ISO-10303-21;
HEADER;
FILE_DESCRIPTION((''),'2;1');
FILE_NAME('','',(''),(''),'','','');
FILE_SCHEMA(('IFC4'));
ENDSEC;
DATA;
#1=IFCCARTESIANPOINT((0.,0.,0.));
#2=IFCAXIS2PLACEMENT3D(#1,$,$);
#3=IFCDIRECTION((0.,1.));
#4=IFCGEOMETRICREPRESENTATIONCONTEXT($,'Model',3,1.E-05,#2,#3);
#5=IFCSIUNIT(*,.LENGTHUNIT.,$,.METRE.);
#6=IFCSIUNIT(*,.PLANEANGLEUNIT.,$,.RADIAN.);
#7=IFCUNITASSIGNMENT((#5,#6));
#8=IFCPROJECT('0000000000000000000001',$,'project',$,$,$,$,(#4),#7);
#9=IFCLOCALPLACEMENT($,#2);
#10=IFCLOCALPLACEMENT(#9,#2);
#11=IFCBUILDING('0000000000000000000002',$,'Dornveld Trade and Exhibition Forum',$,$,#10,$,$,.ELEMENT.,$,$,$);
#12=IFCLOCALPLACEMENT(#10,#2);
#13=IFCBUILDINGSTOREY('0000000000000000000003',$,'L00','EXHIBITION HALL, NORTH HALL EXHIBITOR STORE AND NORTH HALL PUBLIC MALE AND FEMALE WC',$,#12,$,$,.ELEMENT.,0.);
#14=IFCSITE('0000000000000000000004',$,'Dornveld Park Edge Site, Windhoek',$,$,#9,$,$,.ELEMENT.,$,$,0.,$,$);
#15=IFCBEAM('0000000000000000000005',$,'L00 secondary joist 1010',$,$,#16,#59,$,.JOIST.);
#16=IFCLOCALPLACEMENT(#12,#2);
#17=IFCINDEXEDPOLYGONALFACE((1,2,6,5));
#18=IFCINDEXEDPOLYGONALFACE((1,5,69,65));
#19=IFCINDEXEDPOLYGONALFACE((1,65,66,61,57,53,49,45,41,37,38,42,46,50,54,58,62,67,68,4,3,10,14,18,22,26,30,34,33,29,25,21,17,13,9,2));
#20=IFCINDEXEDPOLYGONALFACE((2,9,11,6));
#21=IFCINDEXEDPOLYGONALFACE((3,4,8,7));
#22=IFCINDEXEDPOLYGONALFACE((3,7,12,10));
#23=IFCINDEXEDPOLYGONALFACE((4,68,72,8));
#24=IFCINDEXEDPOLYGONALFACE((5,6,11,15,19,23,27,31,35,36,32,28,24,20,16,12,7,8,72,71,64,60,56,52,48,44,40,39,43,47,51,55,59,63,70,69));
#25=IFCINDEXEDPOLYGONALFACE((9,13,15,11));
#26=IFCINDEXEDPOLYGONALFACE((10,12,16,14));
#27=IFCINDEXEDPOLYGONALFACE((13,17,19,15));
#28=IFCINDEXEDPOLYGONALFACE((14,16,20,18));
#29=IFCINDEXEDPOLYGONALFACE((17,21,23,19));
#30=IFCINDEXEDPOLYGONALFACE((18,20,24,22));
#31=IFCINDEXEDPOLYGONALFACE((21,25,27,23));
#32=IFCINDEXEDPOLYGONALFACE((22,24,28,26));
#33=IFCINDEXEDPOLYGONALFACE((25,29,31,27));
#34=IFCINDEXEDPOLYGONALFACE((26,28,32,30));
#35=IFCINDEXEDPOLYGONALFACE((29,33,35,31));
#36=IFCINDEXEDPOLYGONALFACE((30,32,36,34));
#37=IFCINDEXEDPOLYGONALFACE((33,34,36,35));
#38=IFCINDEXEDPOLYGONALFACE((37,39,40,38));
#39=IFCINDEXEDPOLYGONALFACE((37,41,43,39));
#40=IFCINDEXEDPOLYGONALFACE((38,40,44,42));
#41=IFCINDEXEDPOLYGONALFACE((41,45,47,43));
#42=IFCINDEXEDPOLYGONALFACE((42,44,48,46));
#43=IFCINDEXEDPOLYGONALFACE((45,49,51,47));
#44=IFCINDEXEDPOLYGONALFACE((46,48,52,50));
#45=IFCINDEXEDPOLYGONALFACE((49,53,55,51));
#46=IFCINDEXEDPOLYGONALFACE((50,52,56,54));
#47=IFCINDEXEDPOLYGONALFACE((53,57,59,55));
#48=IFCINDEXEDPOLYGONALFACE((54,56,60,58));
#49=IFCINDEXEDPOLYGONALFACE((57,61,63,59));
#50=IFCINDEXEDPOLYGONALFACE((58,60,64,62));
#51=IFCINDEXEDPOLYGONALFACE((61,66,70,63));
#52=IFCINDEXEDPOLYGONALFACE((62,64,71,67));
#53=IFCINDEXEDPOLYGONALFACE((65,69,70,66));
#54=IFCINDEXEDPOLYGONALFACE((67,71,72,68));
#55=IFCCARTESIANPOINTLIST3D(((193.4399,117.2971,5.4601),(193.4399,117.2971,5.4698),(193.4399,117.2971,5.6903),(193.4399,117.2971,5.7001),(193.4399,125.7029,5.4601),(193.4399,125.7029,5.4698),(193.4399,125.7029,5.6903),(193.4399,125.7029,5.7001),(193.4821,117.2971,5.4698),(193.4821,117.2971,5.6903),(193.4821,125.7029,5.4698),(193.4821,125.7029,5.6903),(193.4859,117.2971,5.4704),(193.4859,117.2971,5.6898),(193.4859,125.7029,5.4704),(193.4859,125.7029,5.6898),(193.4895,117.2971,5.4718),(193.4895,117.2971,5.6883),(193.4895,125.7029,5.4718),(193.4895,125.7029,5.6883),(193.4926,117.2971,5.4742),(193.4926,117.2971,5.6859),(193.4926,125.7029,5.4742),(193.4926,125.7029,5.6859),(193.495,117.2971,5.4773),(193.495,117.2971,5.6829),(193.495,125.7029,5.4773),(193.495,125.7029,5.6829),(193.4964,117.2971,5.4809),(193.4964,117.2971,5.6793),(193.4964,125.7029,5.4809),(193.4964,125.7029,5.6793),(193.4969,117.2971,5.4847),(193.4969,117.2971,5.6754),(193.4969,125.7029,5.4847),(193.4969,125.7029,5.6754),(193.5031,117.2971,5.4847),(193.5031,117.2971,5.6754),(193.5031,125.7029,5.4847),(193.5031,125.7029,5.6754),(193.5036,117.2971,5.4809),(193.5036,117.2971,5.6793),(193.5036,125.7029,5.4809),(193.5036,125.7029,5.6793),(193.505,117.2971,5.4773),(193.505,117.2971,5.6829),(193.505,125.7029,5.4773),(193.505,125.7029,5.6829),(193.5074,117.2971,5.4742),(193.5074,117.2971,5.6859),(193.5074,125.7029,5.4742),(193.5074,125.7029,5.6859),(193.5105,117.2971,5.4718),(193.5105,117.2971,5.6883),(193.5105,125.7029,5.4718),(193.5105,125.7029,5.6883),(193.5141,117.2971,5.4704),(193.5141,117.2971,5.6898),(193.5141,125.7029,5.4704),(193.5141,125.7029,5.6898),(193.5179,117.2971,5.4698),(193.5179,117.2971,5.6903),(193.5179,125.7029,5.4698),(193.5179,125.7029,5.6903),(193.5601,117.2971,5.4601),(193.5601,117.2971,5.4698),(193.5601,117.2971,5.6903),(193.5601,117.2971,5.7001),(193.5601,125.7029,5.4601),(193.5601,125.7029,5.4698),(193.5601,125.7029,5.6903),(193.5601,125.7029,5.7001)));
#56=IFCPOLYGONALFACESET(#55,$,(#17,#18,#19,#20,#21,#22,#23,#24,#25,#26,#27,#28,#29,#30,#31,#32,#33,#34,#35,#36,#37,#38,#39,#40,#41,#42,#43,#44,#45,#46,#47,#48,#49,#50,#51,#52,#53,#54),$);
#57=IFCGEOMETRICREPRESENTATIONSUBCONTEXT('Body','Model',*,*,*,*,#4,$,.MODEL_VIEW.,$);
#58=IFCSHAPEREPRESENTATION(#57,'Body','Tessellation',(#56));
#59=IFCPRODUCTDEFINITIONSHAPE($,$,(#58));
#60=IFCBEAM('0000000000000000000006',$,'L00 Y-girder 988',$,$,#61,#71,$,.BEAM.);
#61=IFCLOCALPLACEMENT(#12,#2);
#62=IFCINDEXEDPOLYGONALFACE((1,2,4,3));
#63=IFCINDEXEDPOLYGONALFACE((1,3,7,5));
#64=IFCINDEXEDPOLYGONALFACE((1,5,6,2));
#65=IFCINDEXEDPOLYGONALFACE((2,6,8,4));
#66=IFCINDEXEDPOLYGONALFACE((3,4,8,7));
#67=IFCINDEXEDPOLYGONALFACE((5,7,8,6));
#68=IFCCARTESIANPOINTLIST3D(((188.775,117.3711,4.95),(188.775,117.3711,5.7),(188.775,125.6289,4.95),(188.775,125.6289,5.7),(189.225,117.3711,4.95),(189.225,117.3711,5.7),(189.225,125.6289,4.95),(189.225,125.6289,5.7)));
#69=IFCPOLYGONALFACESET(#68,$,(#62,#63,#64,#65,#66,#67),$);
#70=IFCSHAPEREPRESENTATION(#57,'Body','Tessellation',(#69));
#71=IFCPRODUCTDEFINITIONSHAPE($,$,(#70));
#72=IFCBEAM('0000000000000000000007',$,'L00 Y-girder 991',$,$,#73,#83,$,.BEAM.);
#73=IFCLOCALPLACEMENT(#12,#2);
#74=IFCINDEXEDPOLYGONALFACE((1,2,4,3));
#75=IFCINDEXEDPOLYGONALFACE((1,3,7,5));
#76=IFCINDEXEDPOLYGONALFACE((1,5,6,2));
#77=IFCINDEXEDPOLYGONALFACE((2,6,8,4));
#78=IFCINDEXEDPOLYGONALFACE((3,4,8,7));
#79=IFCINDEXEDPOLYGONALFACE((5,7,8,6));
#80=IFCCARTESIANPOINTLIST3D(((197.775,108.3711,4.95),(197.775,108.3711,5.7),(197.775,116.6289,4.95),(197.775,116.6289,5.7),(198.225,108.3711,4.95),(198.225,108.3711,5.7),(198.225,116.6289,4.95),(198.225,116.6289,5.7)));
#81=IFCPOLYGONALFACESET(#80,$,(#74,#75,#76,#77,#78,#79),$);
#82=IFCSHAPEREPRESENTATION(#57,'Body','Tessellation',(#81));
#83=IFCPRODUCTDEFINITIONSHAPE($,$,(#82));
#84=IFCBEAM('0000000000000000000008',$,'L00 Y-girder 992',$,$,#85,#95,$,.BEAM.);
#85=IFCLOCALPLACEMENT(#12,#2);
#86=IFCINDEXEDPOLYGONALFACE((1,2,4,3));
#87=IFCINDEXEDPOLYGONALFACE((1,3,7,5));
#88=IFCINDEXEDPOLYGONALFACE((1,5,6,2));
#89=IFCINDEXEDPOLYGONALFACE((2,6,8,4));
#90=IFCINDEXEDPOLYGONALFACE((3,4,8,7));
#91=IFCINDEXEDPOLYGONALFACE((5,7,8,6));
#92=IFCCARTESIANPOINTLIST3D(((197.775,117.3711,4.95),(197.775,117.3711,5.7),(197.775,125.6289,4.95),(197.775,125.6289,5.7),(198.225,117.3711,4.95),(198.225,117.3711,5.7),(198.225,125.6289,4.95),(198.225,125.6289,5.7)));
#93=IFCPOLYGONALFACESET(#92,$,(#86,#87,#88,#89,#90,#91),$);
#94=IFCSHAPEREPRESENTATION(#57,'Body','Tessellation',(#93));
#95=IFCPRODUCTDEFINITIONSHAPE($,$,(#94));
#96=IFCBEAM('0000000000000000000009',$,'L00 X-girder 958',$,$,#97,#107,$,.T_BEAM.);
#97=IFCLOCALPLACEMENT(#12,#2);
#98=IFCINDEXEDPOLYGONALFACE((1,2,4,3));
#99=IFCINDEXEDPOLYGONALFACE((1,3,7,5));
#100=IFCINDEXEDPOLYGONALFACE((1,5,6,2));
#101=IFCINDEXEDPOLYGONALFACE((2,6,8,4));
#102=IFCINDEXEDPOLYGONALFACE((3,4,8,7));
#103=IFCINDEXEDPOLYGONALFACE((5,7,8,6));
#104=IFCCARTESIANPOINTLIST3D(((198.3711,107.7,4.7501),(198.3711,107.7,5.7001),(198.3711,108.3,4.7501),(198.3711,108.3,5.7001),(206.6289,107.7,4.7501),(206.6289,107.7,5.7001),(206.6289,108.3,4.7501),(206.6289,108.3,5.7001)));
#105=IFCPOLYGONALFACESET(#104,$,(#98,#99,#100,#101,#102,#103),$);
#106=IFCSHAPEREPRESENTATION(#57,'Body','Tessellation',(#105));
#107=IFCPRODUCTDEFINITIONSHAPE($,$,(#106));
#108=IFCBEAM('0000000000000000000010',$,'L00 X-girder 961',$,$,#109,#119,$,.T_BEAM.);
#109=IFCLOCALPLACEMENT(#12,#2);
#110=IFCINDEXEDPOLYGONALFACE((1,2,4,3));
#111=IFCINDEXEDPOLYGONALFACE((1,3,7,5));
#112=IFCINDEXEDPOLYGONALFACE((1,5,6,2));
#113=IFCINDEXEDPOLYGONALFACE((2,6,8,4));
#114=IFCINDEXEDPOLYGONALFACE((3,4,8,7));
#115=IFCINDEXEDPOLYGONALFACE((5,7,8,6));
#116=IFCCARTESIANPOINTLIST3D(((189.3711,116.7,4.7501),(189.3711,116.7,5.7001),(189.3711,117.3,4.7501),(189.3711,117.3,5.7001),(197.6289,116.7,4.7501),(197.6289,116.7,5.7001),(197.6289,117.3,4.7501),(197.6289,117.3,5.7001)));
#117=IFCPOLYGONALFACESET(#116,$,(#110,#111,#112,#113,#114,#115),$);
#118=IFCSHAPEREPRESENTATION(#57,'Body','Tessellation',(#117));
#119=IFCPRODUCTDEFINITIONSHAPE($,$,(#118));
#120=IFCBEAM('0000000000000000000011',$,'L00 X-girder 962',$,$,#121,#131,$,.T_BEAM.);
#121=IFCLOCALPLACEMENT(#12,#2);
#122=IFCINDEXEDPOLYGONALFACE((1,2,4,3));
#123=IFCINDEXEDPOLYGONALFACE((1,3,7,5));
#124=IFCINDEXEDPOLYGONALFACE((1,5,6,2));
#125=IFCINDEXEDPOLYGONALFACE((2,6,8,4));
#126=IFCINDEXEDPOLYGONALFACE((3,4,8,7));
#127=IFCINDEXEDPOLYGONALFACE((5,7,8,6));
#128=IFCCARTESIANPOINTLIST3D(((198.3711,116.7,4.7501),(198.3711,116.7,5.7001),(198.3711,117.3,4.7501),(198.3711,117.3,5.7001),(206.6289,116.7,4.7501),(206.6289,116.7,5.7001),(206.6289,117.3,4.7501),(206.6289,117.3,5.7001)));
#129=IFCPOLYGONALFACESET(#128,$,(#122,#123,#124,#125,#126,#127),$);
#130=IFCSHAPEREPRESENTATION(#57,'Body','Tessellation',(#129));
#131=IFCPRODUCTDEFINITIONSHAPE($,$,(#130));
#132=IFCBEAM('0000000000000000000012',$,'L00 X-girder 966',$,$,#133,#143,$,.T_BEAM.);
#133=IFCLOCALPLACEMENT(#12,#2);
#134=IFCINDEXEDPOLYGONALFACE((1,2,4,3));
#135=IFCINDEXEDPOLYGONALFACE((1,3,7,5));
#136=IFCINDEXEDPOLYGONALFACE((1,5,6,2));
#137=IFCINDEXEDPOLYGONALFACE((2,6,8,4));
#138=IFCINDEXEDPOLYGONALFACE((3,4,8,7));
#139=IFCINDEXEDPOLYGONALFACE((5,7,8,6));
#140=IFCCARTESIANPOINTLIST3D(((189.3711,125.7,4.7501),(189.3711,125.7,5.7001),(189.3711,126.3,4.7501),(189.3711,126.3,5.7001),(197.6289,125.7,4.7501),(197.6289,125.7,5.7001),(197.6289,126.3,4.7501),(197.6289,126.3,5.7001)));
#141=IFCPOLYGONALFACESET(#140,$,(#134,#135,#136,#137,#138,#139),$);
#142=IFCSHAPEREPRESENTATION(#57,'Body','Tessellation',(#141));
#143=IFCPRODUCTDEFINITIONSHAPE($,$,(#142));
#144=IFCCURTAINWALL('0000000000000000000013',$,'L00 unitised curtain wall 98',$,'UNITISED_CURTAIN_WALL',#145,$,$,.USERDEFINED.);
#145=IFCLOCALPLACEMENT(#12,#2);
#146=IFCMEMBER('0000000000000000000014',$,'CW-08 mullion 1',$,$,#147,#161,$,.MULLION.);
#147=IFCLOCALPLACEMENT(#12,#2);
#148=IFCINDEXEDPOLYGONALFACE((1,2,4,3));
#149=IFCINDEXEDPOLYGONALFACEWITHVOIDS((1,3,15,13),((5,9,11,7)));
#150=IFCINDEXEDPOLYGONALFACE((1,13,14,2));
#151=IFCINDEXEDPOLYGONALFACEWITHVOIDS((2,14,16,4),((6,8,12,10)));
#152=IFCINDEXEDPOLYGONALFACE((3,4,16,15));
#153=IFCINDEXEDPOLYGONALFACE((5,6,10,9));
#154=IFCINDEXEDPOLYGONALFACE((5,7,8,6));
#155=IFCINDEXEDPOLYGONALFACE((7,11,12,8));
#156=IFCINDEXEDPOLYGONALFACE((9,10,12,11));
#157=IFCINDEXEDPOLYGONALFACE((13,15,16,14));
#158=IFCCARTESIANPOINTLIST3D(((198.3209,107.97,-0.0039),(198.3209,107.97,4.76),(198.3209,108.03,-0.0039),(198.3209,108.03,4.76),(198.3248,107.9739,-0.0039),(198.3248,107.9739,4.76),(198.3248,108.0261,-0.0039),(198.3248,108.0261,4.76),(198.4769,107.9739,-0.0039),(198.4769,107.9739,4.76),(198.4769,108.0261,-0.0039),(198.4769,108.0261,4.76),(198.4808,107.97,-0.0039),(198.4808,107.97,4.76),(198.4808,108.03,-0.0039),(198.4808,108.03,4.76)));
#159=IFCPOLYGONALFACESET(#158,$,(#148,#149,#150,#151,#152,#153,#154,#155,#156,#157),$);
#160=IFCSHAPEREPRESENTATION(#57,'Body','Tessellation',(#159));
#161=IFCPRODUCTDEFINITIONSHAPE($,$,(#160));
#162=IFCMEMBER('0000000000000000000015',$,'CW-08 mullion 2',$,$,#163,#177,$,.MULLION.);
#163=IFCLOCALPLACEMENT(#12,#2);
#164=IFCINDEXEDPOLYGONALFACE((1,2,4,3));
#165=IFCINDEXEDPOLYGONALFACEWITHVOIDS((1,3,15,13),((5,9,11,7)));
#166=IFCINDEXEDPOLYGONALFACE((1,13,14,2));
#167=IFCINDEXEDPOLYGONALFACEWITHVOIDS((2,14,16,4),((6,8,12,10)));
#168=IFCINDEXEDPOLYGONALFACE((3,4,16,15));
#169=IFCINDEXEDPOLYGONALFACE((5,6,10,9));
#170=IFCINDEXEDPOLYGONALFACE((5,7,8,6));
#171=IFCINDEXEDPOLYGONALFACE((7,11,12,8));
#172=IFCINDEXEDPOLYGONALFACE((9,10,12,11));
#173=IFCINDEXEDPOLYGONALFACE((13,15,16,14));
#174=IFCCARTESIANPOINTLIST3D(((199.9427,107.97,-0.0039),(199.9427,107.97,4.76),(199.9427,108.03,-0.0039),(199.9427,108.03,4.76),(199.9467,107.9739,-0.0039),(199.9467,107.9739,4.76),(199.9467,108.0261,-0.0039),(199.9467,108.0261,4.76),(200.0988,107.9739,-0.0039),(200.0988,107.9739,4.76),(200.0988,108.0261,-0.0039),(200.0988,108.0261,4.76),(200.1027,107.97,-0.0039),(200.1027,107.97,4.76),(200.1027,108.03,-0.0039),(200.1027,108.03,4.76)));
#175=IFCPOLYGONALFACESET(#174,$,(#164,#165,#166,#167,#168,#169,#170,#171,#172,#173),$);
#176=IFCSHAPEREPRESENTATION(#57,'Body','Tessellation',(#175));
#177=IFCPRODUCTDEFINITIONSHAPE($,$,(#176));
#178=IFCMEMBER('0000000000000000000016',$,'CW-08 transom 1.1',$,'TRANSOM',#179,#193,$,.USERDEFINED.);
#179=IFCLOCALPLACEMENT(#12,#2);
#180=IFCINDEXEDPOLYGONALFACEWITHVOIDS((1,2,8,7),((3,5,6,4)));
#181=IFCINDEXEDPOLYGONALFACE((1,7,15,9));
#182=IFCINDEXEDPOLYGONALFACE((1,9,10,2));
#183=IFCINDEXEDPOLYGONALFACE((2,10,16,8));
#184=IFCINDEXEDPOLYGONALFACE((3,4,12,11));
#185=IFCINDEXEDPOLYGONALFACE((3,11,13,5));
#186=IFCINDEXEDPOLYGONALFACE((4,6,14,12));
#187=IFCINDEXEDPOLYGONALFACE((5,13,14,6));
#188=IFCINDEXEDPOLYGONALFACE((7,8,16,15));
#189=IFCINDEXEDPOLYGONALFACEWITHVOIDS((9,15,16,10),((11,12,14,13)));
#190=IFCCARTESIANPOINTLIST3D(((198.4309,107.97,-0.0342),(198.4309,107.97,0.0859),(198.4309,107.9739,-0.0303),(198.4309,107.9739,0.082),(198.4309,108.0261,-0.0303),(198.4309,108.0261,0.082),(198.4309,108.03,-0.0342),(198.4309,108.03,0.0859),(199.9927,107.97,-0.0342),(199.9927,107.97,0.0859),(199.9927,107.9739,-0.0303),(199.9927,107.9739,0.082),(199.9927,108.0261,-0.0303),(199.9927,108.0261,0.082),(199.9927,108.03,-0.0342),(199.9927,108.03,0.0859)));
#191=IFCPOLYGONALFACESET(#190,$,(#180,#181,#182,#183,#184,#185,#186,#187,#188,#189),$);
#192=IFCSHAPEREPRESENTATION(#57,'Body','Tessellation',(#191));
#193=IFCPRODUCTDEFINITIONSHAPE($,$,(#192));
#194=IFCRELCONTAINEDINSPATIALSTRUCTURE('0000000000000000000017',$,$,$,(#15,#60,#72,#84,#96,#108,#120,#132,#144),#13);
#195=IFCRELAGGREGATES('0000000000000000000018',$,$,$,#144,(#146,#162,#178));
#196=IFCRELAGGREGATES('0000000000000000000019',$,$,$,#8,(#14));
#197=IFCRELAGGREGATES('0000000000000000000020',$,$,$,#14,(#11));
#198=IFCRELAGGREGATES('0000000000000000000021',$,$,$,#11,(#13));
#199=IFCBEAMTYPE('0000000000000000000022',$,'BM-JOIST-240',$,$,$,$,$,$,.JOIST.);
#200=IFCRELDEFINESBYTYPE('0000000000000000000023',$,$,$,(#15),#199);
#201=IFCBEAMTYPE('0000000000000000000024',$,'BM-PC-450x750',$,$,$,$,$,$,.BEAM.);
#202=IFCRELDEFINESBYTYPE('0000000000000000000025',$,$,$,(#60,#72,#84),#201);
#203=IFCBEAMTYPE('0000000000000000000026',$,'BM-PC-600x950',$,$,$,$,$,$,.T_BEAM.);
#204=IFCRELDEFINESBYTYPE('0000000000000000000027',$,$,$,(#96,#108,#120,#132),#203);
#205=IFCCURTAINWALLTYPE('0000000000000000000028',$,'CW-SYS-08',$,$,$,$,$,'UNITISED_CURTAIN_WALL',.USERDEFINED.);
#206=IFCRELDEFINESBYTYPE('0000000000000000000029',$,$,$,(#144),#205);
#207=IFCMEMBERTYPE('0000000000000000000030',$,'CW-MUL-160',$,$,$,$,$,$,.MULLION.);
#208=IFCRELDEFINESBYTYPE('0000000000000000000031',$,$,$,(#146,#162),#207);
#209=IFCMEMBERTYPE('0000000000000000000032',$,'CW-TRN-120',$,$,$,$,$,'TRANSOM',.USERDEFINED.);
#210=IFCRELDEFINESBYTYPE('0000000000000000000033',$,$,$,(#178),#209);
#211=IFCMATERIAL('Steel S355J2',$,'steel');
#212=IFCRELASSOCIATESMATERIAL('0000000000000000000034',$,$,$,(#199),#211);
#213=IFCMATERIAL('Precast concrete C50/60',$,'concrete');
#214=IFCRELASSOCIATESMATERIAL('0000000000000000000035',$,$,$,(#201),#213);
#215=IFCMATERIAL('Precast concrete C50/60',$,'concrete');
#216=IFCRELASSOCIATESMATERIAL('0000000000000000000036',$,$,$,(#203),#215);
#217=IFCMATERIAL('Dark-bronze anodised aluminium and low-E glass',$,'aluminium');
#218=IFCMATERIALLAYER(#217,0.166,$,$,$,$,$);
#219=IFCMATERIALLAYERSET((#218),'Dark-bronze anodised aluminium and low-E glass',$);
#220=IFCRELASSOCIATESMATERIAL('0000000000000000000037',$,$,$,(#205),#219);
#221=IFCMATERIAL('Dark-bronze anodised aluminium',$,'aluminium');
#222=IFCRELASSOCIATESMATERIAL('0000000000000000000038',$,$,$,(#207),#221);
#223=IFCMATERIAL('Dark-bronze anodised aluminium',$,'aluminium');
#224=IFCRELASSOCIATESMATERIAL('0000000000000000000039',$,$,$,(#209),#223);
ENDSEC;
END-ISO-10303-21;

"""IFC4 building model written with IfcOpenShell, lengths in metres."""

from ifc_helpers import new_model, si_unit, direction, frame, origin, origin_2d, place, context, subcontext, project, spatial, rectangle, hollow_rectangle, i_section, extrude, material, layer, layer_set, material_profile, profile_set, type_object, element, aggregate, save


model = new_model("IFC4")

# Units and contexts
model_context = context("Model", 3, precision=1e-05, world=origin(), true_north=direction((0.0, 1.0)))
body_context = subcontext(model_context, "Body", "Model", "MODEL_VIEW")
ifc_project = project(units=[si_unit("LENGTHUNIT", "METRE"), si_unit("PLANEANGLEUNIT", "RADIAN")], contexts=[model_context])

# Site, building, storey
site_placement = place(None, origin())
site = spatial("IfcSite", under=ifc_project, at=site_placement, Name="Dornveld Park Edge Site, Windhoek", CompositionType="ELEMENT", RefElevation=0.0)
building_placement = place(site_placement, origin())
building = spatial("IfcBuilding", under=site, at=building_placement, Name="Dornveld Trade and Exhibition Forum", CompositionType="ELEMENT")
storey_placement = place(building_placement, origin())
storey = spatial("IfcBuildingStorey", under=building, at=storey_placement, Name="L00", Description="EXHIBITION HALL, NORTH HALL EXHIBITOR STORE AND NORTH HALL PUBLIC MALE AND FEMALE WC", CompositionType="ELEMENT", Elevation=0.0)

# Beams
ifc_material_1 = material(Name="Steel S355J2", Category="steel")
ifc_material_profile_1 = material_profile(ifc_material_1, i_section(OverallWidth=0.1201, OverallDepth=0.24, WebThickness=0.0061, FlangeThickness=0.0098, FilletRadius=0.0149, at=origin_2d()), Name="IPE 240")
ifc_profile_set_1 = profile_set([ifc_material_profile_1], Name="Steel S355J2")
beam_type_1 = type_object("IfcBeamType", Name="BM-JOIST-240", PredefinedType="JOIST", material=ifc_profile_set_1)
for number, where, z_axis, x_axis, name in (
    (1, (193.5, 117.2971, 5.5801), (0.0, 1.0, 0.0), (-1.0, 0.0, 0.0), "L00 secondary joist 1010"),
):
    element("IfcBeam", number, at=place(storey_placement, frame(where, z_axis=z_axis, x_axis=x_axis)), inside=storey, type_object=beam_type_1, Name=name, PredefinedType="JOIST", context=body_context, shape_type="SweptSolid", body=[
        extrude(i_section(OverallWidth=0.1201, OverallDepth=0.24, WebThickness=0.0061, FlangeThickness=0.0098, FilletRadius=0.0149, at=origin_2d()), origin(), (0.0, 0.0, 1.0), 8.4058),
    ])
ifc_material_2 = material(Name="Precast concrete C50/60", Category="concrete")
ifc_material_profile_2 = material_profile(ifc_material_2, rectangle(XDim=0.45, YDim=0.75, at=origin_2d()), Name="PC-BM 450x750")
ifc_profile_set_2 = profile_set([ifc_material_profile_2], Name="Precast concrete C50/60")
beam_type_2 = type_object("IfcBeamType", Name="BM-PC-450x750", PredefinedType="BEAM", material=ifc_profile_set_2)
for number, where, z_axis, x_axis, name in (
    (2, (189.0, 117.3711, 5.325), (0.0, 1.0, 0.0), (-1.0, 0.0, 0.0), "L00 Y-girder 988"),
    (3, (198.0, 108.3711, 5.325), (0.0, 1.0, 0.0), (-1.0, 0.0, 0.0), "L00 Y-girder 991"),
    (4, (198.0, 117.3711, 5.325), (0.0, 1.0, 0.0), (-1.0, 0.0, 0.0), "L00 Y-girder 992"),
):
    element("IfcBeam", number, at=place(storey_placement, frame(where, z_axis=z_axis, x_axis=x_axis)), inside=storey, type_object=beam_type_2, Name=name, PredefinedType="BEAM", context=body_context, shape_type="SweptSolid", body=[
        extrude(rectangle(XDim=0.45, YDim=0.75, at=origin_2d()), origin(), (0.0, 0.0, 1.0), 8.2578),
    ])
ifc_material_3 = material(Name="Precast concrete C50/60", Category="concrete")
ifc_material_profile_3 = material_profile(ifc_material_3, rectangle(XDim=0.6001, YDim=0.95, at=origin_2d()), Name="PC-GIR 600x950")
ifc_profile_set_3 = profile_set([ifc_material_profile_3], Name="Precast concrete C50/60")
beam_type_3 = type_object("IfcBeamType", Name="BM-PC-600x950", PredefinedType="T_BEAM", material=ifc_profile_set_3)
for number, where, z_axis, x_axis, name in (
    (5, (198.3711, 108.0, 5.2251), (1.0, 0.0, 0.0), (0.0, 1.0, 0.0), "L00 X-girder 958"),
    (6, (189.3711, 117.0, 5.2251), (1.0, 0.0, 0.0), (0.0, 1.0, 0.0), "L00 X-girder 961"),
    (7, (198.3711, 117.0, 5.2251), (1.0, 0.0, 0.0), (0.0, 1.0, 0.0), "L00 X-girder 962"),
    (8, (189.3711, 126.0, 5.2251), (1.0, 0.0, 0.0), (0.0, 1.0, 0.0), "L00 X-girder 966"),
):
    element("IfcBeam", number, at=place(storey_placement, frame(where, z_axis=z_axis, x_axis=x_axis)), inside=storey, type_object=beam_type_3, Name=name, PredefinedType="T_BEAM", context=body_context, shape_type="SweptSolid", body=[
        extrude(rectangle(XDim=0.6001, YDim=0.95, at=origin_2d()), origin(), (0.0, 0.0, 1.0), 8.2578),
    ])

# Curtain wall, members
ifc_material_4 = material(Name="Dark-bronze anodised aluminium and low-E glass", Category="aluminium")
ifc_layer_1 = layer(ifc_material_4, 0.166)
ifc_layer_set_1 = layer_set([ifc_layer_1], Name="Dark-bronze anodised aluminium and low-E glass")
curtain_wall_type = type_object("IfcCurtainWallType", Name="CW-SYS-08", ElementType="UNITISED_CURTAIN_WALL", PredefinedType="USERDEFINED", material=ifc_layer_set_1)
curtain_wall_placement = place(storey_placement, origin())
curtain_wall = element("IfcCurtainWall", 9, at=curtain_wall_placement, inside=storey, type_object=curtain_wall_type, Name="L00 unitised curtain wall 98", ObjectType="UNITISED_CURTAIN_WALL", PredefinedType="USERDEFINED")
ifc_material_5 = material(Name="Dark-bronze anodised aluminium", Category="aluminium")
ifc_material_profile_4 = material_profile(ifc_material_5, hollow_rectangle(XDim=0.0601, YDim=0.1599, WallThickness=0.0039, at=origin_2d()), Name="RHS 160x60x4")
ifc_profile_set_4 = profile_set([ifc_material_profile_4], Name="Dark-bronze anodised aluminium")
member_type_1 = type_object("IfcMemberType", Name="CW-MUL-160", PredefinedType="MULLION", material=ifc_profile_set_4)
member_1_placement = place(storey_placement, frame((198.4009, 108.0, -0.0039), z_axis=(0.0, 0.0, 1.0), x_axis=(0.0, 1.0, 0.0)))
member_1 = element("IfcMember", 10, at=member_1_placement, type_object=member_type_1, Name="CW-08 mullion 1", PredefinedType="MULLION", context=body_context, shape_type="SweptSolid", body=[
    extrude(hollow_rectangle(XDim=0.0601, YDim=0.1599, WallThickness=0.0039, at=origin_2d()), origin(), (0.0, 0.0, 1.0), 4.7639),
])
member_2_placement = place(storey_placement, frame((200.0227, 108.0, -0.0039), z_axis=(0.0, 0.0, 1.0), x_axis=(0.0, 1.0, 0.0)))
member_2 = element("IfcMember", 11, at=member_2_placement, type_object=member_type_1, Name="CW-08 mullion 2", PredefinedType="MULLION", context=body_context, shape_type="SweptSolid", body=[
    extrude(hollow_rectangle(XDim=0.0601, YDim=0.1599, WallThickness=0.0039, at=origin_2d()), origin(), (0.0, 0.0, 1.0), 4.7639),
])
ifc_material_6 = material(Name="Dark-bronze anodised aluminium", Category="aluminium")
ifc_material_profile_5 = material_profile(ifc_material_6, hollow_rectangle(XDim=0.0601, YDim=0.1201, WallThickness=0.0039, at=origin_2d()), Name="RHS 120x60x4")
ifc_profile_set_5 = profile_set([ifc_material_profile_5], Name="Dark-bronze anodised aluminium")
member_type_2 = type_object("IfcMemberType", Name="CW-TRN-120", ElementType="TRANSOM", PredefinedType="USERDEFINED", material=ifc_profile_set_5)
member_3_placement = place(storey_placement, frame((198.4309, 108.0, 0.0259), z_axis=(1.0, 0.0, 0.0), x_axis=(0.0, 1.0, 0.0)))
member_3 = element("IfcMember", 12, at=member_3_placement, type_object=member_type_2, Name="CW-08 transom 1.1", ObjectType="TRANSOM", PredefinedType="USERDEFINED", context=body_context, shape_type="SweptSolid", body=[
    extrude(hollow_rectangle(XDim=0.0601, YDim=0.1201, WallThickness=0.0039, at=origin_2d()), origin(), (0.0, 0.0, 1.0), 1.5618),
])
aggregate(curtain_wall, [member_1, member_2, member_3])

save(model, "model.ifc")
